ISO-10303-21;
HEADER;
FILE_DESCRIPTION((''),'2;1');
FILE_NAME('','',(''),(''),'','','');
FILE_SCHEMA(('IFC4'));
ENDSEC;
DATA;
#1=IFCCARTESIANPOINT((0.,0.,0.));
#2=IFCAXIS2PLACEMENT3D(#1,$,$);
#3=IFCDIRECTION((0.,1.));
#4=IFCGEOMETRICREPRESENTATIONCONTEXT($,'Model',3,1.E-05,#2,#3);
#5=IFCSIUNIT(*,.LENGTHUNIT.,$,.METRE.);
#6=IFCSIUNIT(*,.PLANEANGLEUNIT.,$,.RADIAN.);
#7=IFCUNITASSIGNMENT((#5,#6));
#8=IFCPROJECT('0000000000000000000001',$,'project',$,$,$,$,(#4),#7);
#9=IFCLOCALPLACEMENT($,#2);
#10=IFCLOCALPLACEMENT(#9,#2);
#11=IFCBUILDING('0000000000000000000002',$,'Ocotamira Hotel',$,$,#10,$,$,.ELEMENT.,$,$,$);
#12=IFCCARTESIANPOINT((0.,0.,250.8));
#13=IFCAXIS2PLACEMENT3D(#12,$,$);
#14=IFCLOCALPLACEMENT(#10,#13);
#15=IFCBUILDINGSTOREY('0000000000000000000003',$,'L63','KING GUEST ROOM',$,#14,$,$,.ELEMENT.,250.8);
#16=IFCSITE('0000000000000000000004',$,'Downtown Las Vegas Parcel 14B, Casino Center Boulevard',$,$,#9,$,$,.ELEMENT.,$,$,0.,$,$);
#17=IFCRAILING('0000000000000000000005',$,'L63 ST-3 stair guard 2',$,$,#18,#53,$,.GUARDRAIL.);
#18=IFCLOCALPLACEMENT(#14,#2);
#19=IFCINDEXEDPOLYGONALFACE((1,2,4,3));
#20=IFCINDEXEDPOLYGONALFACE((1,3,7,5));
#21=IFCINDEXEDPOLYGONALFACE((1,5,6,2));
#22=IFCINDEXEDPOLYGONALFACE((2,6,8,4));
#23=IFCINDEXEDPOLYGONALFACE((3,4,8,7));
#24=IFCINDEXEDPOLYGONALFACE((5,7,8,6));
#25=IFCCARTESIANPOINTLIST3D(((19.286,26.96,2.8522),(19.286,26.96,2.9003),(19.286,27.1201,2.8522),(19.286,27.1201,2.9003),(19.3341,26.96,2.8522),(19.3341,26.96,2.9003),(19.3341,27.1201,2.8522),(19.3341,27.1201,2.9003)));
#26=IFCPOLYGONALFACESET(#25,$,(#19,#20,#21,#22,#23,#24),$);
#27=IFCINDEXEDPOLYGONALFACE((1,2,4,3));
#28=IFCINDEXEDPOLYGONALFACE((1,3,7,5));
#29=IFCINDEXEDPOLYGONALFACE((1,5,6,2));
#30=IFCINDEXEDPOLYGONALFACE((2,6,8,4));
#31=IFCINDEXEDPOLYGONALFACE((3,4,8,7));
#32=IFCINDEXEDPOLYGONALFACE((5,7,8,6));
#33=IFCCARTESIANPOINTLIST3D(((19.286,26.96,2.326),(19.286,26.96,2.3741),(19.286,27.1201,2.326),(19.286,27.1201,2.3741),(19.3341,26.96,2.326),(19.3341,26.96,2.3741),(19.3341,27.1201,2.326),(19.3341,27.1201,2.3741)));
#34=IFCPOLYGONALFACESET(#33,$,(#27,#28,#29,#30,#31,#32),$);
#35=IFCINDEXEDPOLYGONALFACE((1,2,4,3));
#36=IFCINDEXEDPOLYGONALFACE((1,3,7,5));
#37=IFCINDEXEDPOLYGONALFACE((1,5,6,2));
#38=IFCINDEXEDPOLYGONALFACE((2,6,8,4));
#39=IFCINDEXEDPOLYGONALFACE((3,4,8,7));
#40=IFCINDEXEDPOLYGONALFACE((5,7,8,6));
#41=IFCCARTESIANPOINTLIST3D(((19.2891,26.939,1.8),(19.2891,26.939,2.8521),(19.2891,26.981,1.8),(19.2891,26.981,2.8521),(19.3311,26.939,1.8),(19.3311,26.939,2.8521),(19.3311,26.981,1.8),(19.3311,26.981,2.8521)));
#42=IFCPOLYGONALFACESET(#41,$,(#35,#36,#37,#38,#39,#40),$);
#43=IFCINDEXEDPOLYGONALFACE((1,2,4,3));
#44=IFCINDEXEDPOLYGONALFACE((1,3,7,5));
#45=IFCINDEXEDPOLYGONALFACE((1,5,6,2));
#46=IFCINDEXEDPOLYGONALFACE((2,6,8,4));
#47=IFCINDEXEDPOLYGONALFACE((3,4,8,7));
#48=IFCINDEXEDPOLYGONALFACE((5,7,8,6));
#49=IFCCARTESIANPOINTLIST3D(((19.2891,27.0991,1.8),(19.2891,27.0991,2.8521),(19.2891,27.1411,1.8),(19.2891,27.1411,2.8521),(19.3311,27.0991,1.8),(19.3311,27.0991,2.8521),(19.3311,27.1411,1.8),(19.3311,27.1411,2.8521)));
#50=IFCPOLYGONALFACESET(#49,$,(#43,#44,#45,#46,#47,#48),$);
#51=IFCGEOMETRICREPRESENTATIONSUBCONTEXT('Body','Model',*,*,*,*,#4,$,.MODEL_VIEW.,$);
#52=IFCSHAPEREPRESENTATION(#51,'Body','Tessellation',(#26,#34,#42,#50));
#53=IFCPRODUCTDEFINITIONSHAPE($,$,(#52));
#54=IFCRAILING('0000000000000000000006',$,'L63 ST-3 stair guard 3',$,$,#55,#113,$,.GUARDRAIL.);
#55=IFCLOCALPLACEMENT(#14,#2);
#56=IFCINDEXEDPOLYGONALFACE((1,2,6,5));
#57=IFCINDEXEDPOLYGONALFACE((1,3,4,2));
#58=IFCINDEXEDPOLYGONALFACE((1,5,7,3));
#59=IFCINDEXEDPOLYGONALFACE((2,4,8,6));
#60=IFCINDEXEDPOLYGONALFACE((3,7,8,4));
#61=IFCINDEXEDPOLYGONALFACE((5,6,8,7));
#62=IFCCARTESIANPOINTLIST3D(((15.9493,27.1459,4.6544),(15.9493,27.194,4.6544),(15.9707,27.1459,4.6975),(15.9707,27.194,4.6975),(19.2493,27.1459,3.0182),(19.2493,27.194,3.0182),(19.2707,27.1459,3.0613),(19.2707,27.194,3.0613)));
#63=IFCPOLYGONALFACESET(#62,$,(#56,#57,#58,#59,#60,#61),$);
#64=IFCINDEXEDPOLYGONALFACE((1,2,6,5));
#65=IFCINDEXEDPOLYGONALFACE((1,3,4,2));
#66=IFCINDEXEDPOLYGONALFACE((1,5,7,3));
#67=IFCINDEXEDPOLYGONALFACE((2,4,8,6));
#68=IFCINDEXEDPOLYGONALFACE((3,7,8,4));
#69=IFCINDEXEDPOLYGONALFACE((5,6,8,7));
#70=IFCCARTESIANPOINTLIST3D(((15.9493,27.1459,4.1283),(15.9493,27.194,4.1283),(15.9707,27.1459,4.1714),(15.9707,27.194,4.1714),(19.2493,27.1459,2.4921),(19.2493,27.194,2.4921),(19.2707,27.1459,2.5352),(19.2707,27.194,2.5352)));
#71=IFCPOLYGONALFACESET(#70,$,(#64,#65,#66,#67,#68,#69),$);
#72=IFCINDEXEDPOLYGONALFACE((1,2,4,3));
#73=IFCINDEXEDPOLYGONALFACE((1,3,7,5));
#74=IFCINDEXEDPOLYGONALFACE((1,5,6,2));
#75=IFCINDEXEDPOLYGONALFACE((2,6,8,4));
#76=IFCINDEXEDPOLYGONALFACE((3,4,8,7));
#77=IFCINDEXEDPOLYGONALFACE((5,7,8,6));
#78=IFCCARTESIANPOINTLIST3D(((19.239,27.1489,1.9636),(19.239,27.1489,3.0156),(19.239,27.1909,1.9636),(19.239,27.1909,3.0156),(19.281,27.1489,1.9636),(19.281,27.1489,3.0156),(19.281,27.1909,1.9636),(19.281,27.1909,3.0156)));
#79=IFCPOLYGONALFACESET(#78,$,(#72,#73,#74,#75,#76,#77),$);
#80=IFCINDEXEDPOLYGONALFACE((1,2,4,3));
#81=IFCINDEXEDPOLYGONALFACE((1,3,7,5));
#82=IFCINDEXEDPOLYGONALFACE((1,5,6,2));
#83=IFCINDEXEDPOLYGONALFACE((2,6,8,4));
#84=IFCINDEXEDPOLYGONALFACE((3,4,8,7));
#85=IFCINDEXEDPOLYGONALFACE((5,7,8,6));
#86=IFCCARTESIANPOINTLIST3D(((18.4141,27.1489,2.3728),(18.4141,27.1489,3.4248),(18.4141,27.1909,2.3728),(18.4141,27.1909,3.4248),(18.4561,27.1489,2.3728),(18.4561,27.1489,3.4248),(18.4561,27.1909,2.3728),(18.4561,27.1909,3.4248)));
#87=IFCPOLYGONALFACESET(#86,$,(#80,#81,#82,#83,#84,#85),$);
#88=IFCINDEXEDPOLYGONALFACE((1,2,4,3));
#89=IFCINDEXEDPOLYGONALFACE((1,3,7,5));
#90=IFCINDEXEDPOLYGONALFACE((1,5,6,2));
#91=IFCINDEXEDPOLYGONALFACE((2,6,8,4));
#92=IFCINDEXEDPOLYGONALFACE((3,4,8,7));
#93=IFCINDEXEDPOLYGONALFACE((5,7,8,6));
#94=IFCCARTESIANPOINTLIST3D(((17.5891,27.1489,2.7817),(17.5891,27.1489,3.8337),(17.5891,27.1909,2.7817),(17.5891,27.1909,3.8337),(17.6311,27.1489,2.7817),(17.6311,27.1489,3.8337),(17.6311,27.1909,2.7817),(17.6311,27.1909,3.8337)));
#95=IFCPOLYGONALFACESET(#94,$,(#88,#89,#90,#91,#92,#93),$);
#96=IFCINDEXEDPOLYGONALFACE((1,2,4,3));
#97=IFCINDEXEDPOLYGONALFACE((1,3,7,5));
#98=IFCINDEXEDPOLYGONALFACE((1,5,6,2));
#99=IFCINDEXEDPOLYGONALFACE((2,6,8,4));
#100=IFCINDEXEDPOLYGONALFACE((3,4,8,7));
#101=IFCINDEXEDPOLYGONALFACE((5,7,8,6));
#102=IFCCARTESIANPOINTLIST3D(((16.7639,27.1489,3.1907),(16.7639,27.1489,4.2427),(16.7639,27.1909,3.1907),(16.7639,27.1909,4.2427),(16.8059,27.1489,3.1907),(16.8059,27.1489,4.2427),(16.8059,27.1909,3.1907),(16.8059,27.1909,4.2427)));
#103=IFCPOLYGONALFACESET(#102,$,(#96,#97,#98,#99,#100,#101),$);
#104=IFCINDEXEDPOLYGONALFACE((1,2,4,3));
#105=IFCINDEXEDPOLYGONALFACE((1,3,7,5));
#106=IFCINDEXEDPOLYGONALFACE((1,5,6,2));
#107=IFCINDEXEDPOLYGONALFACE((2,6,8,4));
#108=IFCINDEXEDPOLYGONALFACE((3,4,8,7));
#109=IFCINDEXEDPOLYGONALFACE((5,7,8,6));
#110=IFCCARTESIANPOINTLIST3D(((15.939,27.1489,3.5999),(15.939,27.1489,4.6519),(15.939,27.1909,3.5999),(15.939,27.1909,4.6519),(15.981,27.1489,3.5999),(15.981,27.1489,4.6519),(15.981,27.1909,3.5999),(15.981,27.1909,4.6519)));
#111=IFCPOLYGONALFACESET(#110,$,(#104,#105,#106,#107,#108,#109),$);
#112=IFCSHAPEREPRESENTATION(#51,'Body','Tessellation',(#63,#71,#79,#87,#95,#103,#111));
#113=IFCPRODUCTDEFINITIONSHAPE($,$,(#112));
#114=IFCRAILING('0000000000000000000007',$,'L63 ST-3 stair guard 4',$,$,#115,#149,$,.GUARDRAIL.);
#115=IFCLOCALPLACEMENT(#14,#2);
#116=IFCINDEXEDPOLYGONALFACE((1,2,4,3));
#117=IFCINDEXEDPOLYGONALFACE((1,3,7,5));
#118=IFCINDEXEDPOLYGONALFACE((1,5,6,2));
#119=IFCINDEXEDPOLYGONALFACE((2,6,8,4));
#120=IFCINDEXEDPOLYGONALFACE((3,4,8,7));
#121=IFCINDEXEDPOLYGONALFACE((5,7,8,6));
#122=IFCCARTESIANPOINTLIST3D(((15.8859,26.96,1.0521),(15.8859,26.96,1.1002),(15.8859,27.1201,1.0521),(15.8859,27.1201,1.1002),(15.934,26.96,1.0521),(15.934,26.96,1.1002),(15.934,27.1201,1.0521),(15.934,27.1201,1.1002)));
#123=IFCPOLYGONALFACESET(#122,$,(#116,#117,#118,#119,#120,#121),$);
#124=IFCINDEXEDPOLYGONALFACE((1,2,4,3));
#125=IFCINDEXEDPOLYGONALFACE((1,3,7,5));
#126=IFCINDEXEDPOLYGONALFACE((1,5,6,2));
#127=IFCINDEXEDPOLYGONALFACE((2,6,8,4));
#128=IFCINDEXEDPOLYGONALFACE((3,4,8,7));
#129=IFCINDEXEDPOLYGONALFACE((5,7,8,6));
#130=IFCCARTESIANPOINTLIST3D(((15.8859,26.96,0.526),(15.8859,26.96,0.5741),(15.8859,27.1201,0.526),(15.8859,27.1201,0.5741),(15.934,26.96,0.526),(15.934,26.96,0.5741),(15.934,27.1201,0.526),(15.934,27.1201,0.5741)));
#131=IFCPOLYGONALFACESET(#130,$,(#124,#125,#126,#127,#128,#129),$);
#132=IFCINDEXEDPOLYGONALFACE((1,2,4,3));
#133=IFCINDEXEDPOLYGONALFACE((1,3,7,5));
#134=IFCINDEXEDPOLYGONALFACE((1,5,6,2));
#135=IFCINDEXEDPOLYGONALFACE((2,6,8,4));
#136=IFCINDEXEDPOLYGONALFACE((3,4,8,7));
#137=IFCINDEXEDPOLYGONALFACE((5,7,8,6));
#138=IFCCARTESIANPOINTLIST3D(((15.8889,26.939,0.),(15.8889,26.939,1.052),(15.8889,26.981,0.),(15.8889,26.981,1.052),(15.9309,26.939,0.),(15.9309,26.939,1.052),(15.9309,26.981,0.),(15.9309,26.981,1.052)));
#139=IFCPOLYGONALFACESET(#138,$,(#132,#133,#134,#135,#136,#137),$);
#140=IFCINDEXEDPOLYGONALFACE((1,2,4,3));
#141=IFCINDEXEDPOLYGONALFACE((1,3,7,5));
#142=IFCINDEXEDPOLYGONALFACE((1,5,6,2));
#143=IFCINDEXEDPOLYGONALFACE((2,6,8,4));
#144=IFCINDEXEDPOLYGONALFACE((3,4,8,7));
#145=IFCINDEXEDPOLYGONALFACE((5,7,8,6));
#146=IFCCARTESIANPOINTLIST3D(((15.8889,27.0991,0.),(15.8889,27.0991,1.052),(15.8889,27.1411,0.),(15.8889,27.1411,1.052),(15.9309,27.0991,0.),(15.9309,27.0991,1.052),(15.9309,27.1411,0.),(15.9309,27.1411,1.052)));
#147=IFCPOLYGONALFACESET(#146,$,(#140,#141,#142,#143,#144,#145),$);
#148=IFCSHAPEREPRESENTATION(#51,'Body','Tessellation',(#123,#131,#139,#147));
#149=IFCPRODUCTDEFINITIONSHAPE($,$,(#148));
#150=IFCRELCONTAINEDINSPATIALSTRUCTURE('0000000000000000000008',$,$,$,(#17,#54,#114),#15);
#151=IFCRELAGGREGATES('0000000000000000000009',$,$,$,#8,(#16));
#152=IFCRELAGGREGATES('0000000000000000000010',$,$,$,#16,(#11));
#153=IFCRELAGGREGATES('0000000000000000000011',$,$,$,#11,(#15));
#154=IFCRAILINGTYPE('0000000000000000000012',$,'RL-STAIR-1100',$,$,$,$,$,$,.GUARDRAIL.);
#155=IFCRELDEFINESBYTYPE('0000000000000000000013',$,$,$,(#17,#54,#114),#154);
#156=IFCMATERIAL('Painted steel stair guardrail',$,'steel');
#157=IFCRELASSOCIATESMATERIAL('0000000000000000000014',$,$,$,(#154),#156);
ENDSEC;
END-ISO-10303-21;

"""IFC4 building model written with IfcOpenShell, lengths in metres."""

from ifc_helpers import new_model, si_unit, direction, frame, origin, origin_2d, place, context, subcontext, project, spatial, rectangle, extrude, material, type_object, element, save


model = new_model("IFC4")

# Units and contexts
model_context = context("Model", 3, precision=1e-05, world=origin(), true_north=direction((0.0, 1.0)))
body_context = subcontext(model_context, "Body", "Model", "MODEL_VIEW")
ifc_project = project(units=[si_unit("LENGTHUNIT", "METRE"), si_unit("PLANEANGLEUNIT", "RADIAN")], contexts=[model_context])

# Site, building, storey
site_placement = place(None, origin())
site = spatial("IfcSite", under=ifc_project, at=site_placement, Name="Downtown Las Vegas Parcel 14B, Casino Center Boulevard", CompositionType="ELEMENT", RefElevation=0.0)
building_placement = place(site_placement, origin())
building = spatial("IfcBuilding", under=site, at=building_placement, Name="Ocotamira Hotel", CompositionType="ELEMENT")
storey_placement = place(building_placement, frame((0.0, 0.0, 250.8)))
storey = spatial("IfcBuildingStorey", under=building, at=storey_placement, Name="L63", Description="KING GUEST ROOM", CompositionType="ELEMENT", Elevation=250.8)

# Railings
ifc_material_1 = material(Name="Painted steel stair guardrail", Category="steel")
railing_type_1 = type_object("IfcRailingType", Name="RL-STAIR-1100", PredefinedType="GUARDRAIL", material=ifc_material_1)
railing_1_placement = place(storey_placement, frame((19.3101, 26.96, 1.8)))
element("IfcRailing", 1, at=railing_1_placement, inside=storey, type_object=railing_type_1, Name="L63 ST-3 stair guard 2", PredefinedType="GUARDRAIL", context=body_context, shape_type="SweptSolid", body=[
    extrude(rectangle(XDim=0.0481, YDim=0.0481, at=origin_2d()), frame((0.0, 0.0, 1.0762), z_axis=(0.0, 1.0, 0.0), x_axis=(-1.0, 0.0, 0.0)), (0.0, 0.0, 1.0), 0.1602),
    extrude(rectangle(XDim=0.0481, YDim=0.0481, at=origin_2d()), frame((0.0, 0.0, 0.55), z_axis=(0.0, 1.0, 0.0), x_axis=(-1.0, 0.0, 0.0)), (0.0, 0.0, 1.0), 0.1602),
    extrude(rectangle(XDim=0.042, YDim=0.042, at=origin_2d()), origin(), (0.0, 0.0, 1.0), 1.052),
    extrude(rectangle(XDim=0.042, YDim=0.042, at=origin_2d()), frame((0.0, 0.1602, 0.0)), (0.0, 0.0, 1.0), 1.052),
])
railing_2_placement = place(storey_placement, frame((19.26, 27.1699, 1.9636)))
element("IfcRailing", 2, at=railing_2_placement, inside=storey, type_object=railing_type_1, Name="L63 ST-3 stair guard 3", PredefinedType="GUARDRAIL", context=body_context, shape_type="SweptSolid", body=[
    extrude(rectangle(XDim=0.0481, YDim=0.0481, at=origin_2d()), frame((0.0, 0.0, 1.0762), z_axis=(-0.89592, 0.0, 0.444215), x_axis=(0.0, -1.0, 0.0)), (0.0, 0.0, 1.0), 3.6833),
    extrude(rectangle(XDim=0.0481, YDim=0.0481, at=origin_2d()), frame((0.0, 0.0, 0.55), z_axis=(-0.89592, 0.0, 0.444215), x_axis=(0.0, -1.0, 0.0)), (0.0, 0.0, 1.0), 3.6833),
    extrude(rectangle(XDim=0.042, YDim=0.042, at=origin_2d()), origin(), (0.0, 0.0, 1.0), 1.052),
    extrude(rectangle(XDim=0.042, YDim=0.042, at=origin_2d()), frame((-0.825, 0.0, 0.4092)), (0.0, 0.0, 1.0), 1.052),
    extrude(rectangle(XDim=0.042, YDim=0.042, at=origin_2d()), frame((-1.6499, 0.0, 0.8181)), (0.0, 0.0, 1.0), 1.052),
    extrude(rectangle(XDim=0.042, YDim=0.042, at=origin_2d()), frame((-2.4751, 0.0, 1.2271)), (0.0, 0.0, 1.0), 1.052),
    extrude(rectangle(XDim=0.042, YDim=0.042, at=origin_2d()), frame((-3.3, 0.0, 1.6362)), (0.0, 0.0, 1.0), 1.052),
])
railing_3_placement = place(storey_placement, frame((15.9099, 26.96, 0.0)))
element("IfcRailing", 3, at=railing_3_placement, inside=storey, type_object=railing_type_1, Name="L63 ST-3 stair guard 4", PredefinedType="GUARDRAIL", context=body_context, shape_type="SweptSolid", body=[
    extrude(rectangle(XDim=0.0481, YDim=0.0481, at=origin_2d()), frame((0.0, 0.0, 1.0762), z_axis=(0.0, 1.0, 0.0), x_axis=(-1.0, 0.0, 0.0)), (0.0, 0.0, 1.0), 0.1602),
    extrude(rectangle(XDim=0.0481, YDim=0.0481, at=origin_2d()), frame((0.0, 0.0, 0.55), z_axis=(0.0, 1.0, 0.0), x_axis=(-1.0, 0.0, 0.0)), (0.0, 0.0, 1.0), 0.1602),
    extrude(rectangle(XDim=0.042, YDim=0.042, at=origin_2d()), origin(), (0.0, 0.0, 1.0), 1.052),
    extrude(rectangle(XDim=0.042, YDim=0.042, at=origin_2d()), frame((0.0, 0.1602, 0.0)), (0.0, 0.0, 1.0), 1.052),
])

save(model, "model.ifc")
